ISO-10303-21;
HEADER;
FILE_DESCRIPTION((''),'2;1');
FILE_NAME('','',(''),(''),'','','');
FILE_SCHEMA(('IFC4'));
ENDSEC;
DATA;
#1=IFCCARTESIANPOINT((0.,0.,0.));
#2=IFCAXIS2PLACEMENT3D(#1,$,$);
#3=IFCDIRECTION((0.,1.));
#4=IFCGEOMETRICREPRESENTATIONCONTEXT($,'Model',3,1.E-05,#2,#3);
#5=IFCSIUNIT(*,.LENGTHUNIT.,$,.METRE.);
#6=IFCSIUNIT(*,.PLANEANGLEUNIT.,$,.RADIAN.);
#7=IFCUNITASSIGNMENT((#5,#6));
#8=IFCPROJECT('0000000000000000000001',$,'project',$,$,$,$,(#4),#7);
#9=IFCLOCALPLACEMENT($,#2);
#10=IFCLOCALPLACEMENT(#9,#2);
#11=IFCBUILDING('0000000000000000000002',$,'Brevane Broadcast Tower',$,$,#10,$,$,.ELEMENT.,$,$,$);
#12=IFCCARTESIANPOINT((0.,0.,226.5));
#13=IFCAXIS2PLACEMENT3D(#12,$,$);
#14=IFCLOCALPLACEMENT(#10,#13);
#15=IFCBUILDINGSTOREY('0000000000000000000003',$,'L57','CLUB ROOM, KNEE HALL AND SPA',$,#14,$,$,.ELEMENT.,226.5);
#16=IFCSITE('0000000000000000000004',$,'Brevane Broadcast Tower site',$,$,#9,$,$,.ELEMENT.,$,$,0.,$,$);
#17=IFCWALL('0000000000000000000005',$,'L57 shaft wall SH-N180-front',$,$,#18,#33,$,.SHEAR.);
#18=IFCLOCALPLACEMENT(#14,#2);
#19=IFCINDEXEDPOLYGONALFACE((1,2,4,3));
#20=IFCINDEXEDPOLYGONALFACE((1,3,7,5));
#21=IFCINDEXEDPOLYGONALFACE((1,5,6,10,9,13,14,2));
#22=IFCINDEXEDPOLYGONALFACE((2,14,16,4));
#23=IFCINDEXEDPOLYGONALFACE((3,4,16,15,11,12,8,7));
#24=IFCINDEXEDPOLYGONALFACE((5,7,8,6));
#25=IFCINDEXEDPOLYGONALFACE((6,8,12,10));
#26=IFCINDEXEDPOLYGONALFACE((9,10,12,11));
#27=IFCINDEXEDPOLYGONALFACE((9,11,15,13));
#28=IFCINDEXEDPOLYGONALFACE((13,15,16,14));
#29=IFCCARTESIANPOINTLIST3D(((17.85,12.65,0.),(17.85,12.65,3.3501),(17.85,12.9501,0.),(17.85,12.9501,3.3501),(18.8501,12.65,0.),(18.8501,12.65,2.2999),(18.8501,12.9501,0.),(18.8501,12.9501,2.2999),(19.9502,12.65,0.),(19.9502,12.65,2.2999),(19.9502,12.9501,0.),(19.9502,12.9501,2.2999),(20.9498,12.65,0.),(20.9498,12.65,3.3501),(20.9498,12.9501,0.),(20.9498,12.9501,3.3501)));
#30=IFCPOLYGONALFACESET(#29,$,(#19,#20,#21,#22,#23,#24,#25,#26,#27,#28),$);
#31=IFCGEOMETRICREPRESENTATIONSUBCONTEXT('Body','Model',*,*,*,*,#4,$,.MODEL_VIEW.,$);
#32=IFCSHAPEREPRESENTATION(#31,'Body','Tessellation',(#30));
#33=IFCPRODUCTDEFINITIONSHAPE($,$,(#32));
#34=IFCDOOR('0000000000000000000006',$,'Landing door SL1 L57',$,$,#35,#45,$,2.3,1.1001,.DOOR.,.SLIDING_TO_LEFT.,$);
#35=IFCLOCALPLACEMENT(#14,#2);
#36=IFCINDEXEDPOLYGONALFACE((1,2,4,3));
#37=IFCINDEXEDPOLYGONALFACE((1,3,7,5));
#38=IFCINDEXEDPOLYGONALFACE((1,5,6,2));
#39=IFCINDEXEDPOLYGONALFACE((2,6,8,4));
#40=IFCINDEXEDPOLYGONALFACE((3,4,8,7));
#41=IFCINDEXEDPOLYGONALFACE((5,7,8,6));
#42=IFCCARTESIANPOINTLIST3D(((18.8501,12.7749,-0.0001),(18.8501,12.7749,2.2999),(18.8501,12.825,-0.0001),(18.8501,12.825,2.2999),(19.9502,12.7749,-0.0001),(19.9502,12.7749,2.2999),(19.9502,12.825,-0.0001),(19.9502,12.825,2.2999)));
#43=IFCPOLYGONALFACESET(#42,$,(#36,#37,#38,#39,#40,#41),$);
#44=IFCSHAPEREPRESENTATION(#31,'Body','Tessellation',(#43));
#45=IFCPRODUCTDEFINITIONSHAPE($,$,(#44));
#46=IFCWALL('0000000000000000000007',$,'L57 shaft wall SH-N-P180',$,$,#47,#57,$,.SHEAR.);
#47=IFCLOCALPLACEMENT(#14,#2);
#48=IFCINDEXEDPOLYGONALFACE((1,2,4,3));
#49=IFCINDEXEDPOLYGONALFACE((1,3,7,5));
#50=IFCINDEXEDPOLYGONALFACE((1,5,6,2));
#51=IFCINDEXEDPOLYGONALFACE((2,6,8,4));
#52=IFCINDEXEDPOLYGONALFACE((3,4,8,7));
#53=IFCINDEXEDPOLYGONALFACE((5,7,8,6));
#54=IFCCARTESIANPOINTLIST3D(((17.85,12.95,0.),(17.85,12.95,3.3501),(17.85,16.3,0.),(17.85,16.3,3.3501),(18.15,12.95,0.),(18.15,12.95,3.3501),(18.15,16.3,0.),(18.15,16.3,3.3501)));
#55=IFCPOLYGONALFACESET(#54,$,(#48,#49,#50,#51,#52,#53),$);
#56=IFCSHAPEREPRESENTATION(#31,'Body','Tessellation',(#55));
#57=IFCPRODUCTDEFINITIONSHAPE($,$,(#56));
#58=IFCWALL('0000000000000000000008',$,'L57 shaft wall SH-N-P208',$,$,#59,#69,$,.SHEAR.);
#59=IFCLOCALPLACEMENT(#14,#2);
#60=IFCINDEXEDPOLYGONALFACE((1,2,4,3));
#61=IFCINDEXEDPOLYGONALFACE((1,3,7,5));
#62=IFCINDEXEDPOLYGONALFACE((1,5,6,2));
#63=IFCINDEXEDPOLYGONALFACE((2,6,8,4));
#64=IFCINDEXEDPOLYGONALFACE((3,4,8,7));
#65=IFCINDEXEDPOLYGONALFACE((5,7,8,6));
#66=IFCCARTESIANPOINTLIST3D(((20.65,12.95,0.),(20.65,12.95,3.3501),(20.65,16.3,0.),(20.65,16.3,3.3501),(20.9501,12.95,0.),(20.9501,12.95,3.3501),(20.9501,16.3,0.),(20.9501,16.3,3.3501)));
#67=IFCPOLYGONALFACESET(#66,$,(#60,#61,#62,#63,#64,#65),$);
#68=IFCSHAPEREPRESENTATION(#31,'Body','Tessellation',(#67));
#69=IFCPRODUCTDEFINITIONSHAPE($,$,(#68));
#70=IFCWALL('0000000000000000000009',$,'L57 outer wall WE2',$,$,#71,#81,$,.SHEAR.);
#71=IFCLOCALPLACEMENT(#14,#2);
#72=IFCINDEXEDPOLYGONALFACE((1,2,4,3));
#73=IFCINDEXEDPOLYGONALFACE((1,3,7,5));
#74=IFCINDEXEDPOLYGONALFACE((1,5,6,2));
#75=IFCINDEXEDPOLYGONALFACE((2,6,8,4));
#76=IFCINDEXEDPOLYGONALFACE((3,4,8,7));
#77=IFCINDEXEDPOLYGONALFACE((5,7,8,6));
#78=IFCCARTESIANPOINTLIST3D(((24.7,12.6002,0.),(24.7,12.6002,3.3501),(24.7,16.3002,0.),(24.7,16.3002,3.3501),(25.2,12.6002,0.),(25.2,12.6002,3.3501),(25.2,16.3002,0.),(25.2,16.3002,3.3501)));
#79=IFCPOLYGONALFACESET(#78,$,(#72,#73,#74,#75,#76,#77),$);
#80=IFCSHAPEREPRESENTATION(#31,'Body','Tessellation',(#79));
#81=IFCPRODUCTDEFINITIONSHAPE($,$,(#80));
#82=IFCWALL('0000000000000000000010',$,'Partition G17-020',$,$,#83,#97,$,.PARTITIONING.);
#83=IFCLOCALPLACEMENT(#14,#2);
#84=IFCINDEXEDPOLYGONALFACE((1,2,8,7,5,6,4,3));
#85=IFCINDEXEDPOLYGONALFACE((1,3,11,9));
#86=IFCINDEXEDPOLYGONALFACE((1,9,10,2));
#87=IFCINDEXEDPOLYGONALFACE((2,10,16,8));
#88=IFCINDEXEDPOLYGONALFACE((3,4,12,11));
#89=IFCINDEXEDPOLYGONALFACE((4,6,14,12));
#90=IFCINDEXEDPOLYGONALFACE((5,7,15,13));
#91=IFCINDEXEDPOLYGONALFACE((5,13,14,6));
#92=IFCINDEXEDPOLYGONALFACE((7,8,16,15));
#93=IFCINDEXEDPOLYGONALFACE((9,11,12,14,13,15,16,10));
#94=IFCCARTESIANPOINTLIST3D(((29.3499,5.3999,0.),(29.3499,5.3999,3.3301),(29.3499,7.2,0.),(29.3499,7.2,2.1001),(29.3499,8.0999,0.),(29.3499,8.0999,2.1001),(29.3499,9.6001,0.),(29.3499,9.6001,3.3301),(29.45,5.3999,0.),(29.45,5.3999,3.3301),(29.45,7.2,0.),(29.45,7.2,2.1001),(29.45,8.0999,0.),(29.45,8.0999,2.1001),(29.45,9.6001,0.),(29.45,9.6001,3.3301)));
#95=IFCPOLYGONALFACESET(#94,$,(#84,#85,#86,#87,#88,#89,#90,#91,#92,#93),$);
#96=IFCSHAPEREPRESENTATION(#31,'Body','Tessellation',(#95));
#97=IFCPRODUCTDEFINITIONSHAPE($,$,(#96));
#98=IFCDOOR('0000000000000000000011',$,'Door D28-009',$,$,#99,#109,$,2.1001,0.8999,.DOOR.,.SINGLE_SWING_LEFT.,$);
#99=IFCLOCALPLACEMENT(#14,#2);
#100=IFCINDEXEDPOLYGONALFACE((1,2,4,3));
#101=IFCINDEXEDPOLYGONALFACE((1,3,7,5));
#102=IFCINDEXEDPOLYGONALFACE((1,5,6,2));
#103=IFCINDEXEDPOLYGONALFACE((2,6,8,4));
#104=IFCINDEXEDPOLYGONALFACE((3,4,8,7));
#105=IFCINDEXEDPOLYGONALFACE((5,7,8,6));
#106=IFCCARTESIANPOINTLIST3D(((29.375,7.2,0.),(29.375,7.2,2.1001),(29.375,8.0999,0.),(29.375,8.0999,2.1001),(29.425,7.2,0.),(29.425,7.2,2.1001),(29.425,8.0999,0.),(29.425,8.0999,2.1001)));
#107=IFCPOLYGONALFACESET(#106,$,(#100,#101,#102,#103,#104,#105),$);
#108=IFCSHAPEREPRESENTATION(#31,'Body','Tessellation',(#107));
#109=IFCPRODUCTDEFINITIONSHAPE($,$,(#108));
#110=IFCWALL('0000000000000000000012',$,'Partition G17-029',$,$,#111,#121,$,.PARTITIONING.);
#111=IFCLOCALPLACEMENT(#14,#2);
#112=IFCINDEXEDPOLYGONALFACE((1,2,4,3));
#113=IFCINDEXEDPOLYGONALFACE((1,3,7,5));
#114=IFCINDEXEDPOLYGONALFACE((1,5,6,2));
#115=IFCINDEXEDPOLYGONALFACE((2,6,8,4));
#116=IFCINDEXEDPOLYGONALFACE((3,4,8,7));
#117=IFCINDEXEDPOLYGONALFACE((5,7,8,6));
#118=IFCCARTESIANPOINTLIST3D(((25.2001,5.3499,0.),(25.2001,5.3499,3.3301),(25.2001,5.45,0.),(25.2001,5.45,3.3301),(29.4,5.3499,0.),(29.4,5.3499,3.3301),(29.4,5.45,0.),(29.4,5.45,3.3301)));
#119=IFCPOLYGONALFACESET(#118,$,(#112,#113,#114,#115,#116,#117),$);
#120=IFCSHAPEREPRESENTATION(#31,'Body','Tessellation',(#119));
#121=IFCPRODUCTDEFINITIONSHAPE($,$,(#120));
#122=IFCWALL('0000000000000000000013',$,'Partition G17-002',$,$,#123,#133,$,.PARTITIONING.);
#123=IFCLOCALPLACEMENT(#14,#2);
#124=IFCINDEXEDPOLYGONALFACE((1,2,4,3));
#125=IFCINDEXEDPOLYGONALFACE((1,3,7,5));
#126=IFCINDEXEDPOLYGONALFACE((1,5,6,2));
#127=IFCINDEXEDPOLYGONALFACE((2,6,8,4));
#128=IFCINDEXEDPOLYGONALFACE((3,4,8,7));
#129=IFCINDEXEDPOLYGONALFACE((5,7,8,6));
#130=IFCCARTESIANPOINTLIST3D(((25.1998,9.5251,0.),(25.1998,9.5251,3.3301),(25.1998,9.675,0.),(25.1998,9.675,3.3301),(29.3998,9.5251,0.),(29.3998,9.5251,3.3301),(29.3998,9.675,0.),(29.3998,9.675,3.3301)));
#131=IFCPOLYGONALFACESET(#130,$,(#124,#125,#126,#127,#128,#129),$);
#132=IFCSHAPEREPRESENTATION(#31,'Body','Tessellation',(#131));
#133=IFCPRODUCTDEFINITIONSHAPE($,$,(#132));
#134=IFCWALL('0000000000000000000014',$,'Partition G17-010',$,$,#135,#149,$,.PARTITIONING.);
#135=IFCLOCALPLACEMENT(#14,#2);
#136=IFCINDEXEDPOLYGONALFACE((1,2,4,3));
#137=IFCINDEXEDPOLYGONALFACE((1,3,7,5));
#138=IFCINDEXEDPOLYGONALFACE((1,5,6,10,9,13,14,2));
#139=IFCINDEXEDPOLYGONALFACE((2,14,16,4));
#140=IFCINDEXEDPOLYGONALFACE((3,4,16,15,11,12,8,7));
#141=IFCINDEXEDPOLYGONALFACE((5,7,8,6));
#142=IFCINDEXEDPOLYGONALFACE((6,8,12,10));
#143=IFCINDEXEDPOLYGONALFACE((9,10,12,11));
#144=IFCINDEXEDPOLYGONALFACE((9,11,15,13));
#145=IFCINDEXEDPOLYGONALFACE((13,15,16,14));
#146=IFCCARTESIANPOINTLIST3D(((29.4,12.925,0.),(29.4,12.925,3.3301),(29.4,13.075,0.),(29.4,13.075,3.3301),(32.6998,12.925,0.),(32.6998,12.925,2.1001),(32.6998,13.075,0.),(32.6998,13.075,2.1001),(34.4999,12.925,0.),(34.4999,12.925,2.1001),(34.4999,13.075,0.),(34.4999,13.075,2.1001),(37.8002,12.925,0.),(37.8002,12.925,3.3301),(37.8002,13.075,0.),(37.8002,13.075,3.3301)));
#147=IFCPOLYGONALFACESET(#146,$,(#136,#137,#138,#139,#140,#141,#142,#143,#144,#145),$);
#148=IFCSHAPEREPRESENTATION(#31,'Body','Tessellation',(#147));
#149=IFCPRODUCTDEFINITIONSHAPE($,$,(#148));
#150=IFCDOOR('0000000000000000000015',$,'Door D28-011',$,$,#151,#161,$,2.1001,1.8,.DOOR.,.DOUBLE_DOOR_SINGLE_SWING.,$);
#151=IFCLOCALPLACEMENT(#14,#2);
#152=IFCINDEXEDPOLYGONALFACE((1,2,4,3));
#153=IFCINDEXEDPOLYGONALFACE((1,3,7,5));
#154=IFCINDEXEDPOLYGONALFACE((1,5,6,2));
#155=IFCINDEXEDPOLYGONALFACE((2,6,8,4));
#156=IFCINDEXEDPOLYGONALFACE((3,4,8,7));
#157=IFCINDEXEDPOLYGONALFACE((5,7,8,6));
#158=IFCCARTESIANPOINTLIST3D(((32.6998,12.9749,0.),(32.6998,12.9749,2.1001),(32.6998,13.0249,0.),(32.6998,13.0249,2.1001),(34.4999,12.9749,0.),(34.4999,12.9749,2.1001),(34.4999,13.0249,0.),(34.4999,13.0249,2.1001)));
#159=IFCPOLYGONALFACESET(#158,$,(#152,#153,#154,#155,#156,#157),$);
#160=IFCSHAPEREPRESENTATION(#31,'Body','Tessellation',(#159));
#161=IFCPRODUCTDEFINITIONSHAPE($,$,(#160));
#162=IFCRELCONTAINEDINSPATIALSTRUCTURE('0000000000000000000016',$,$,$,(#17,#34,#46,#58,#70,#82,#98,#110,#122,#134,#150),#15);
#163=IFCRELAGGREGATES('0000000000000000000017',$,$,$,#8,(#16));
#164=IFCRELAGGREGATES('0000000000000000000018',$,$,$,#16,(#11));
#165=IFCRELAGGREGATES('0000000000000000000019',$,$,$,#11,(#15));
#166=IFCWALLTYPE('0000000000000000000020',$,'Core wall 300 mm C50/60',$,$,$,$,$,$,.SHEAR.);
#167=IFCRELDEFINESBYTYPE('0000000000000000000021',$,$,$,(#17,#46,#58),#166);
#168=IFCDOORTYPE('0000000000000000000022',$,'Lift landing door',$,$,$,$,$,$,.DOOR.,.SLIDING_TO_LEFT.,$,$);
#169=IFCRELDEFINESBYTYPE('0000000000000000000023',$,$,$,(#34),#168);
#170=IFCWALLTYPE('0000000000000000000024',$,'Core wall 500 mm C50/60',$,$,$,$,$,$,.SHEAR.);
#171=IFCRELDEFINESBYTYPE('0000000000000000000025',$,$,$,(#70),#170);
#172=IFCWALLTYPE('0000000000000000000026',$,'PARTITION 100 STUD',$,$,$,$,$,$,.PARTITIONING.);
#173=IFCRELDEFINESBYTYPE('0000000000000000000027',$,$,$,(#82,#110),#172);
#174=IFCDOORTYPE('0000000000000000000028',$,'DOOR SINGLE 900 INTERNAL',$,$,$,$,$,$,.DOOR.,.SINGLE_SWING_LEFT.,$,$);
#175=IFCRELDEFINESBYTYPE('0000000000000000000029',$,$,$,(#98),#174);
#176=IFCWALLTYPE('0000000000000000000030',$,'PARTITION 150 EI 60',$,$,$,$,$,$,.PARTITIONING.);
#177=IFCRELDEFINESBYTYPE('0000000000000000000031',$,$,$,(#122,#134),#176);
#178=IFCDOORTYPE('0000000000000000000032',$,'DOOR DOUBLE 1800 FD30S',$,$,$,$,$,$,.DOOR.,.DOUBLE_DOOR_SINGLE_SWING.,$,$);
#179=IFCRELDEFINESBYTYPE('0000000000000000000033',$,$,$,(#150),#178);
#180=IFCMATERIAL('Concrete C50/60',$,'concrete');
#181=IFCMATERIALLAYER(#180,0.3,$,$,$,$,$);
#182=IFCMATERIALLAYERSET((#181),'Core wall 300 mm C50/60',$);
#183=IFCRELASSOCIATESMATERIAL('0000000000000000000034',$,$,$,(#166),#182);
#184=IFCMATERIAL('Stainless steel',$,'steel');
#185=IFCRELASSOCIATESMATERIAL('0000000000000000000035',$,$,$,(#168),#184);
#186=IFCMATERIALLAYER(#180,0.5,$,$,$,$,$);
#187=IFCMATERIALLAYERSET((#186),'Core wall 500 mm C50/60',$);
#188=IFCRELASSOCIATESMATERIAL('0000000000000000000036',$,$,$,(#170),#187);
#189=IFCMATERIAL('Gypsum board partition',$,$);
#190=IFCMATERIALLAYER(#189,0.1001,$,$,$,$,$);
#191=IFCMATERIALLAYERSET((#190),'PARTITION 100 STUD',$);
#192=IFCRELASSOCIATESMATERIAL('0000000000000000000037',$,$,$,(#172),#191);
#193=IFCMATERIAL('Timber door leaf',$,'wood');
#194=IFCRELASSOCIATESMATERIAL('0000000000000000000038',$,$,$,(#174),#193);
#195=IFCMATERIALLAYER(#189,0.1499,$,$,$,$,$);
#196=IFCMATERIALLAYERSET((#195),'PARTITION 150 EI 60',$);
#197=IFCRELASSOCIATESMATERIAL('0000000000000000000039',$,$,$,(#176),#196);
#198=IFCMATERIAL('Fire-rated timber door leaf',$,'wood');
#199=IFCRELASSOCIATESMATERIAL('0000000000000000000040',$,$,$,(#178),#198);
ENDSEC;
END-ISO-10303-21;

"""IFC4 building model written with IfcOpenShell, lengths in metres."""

from ifc_helpers import new_model, si_unit, direction, frame, frame_2d, origin, place, context, subcontext, project, spatial, rectangle, extrude, material, layer, layer_set, type_object, element, fill, save


model = new_model("IFC4")

# Units and contexts
model_context = context("Model", 3, precision=1e-05, world=origin(), true_north=direction((0.0, 1.0)))
body_context = subcontext(model_context, "Body", "Model", "MODEL_VIEW")
ifc_project = project(units=[si_unit("LENGTHUNIT", "METRE"), si_unit("PLANEANGLEUNIT", "RADIAN")], contexts=[model_context])

# Site, building, storey
site_placement = place(None, origin())
site = spatial("IfcSite", under=ifc_project, at=site_placement, Name="Brevane Broadcast Tower site", CompositionType="ELEMENT", RefElevation=0.0)
building_placement = place(site_placement, origin())
building = spatial("IfcBuilding", under=site, at=building_placement, Name="Brevane Broadcast Tower", CompositionType="ELEMENT")
storey_placement = place(building_placement, frame((0.0, 0.0, 226.5)))
storey = spatial("IfcBuildingStorey", under=building, at=storey_placement, Name="L57", Description="CLUB ROOM, KNEE HALL AND SPA", CompositionType="ELEMENT", Elevation=226.5)

# Wall, opening, door
ifc_material_1 = material(Name="Concrete C50/60", Category="concrete")
ifc_layer_1 = layer(ifc_material_1, 0.3)
ifc_layer_set_1 = layer_set([ifc_layer_1], Name="Core wall 300 mm C50/60")
wall_type_1 = type_object("IfcWallType", Name="Core wall 300 mm C50/60", PredefinedType="SHEAR", material=ifc_layer_set_1)
wall_1_placement = place(storey_placement, frame((17.8501, 12.8, 0.0), z_axis=(0.0, 0.0, 1.0), x_axis=(1.0, 0.0, 0.0)))
wall_1 = element("IfcWall", 1, at=wall_1_placement, inside=storey, type_object=wall_type_1, Name="L57 shaft wall SH-N180-front", PredefinedType="SHEAR", context=body_context, shape_type="SweptSolid", body=[
    extrude(rectangle(XDim=3.0999, YDim=0.3, at=frame_2d((1.5498, 0.0))), origin(), (0.0, 0.0, 1.0), 3.3501),
])
opening_1_placement = place(wall_1_placement, frame((1.0, 0.0, 0.0)))
opening_1 = element("IfcOpeningElement", 2, at=opening_1_placement, cuts=wall_1, PredefinedType="OPENING", context=body_context, shape_type="SweptSolid", body=[
    extrude(rectangle(XDim=1.1001, YDim=2.3, at=frame_2d((0.55, 1.1499))), frame((0.0, 0.1599, 0.0), z_axis=(0.0, -1.0, 0.0), x_axis=(1.0, 0.0, 0.0)), (0.0, 0.0, 1.0), 0.3201),
])
ifc_material_2 = material(Name="Stainless steel", Category="steel")
door_type_1 = type_object("IfcDoorType", Name="Lift landing door", OperationType="SLIDING_TO_LEFT", PredefinedType="DOOR", material=ifc_material_2)
door_1_placement = place(opening_1_placement, origin())
door_1 = element("IfcDoor", 3, at=door_1_placement, inside=storey, type_object=door_type_1, Name="Landing door SL1 L57", OperationType="SLIDING_TO_LEFT", OverallHeight=2.3, OverallWidth=1.1001, PredefinedType="DOOR", context=body_context, shape_type="SweptSolid", body=[
    extrude(rectangle(XDim=1.1001, YDim=2.3, at=frame_2d((0.55, 1.1499))), frame((0.0, 0.0249, 0.0), z_axis=(0.0, -1.0, 0.0), x_axis=(1.0, 0.0, 0.0)), (0.0, 0.0, 1.0), 0.05),
])
fill(opening_1, door_1)

# Walls
for number, where, z_axis, x_axis, name in (
    (4, (18.0, 12.95, 0.0), (0.0, 0.0, 1.0), (0.0, 1.0, 0.0), "L57 shaft wall SH-N-P180"),
    (5, (20.8, 12.95, 0.0), (0.0, 0.0, 1.0), (0.0, 1.0, 0.0), "L57 shaft wall SH-N-P208"),
):
    element("IfcWall", number, at=place(storey_placement, frame(where, z_axis=z_axis, x_axis=x_axis)), inside=storey, type_object=wall_type_1, Name=name, PredefinedType="SHEAR", context=body_context, shape_type="SweptSolid", body=[
        extrude(rectangle(XDim=3.3501, YDim=0.3, at=frame_2d((1.675, 0.0))), origin(), (0.0, 0.0, 1.0), 3.3501),
    ])
ifc_layer_2 = layer(ifc_material_1, 0.5)
ifc_layer_set_2 = layer_set([ifc_layer_2], Name="Core wall 500 mm C50/60")
wall_type_2 = type_object("IfcWallType", Name="Core wall 500 mm C50/60", PredefinedType="SHEAR", material=ifc_layer_set_2)
wall_2_placement = place(storey_placement, frame((24.95, 12.6001, 0.0), z_axis=(0.0, 0.0, 1.0), x_axis=(0.0, 1.0, 0.0)))
element("IfcWall", 6, at=wall_2_placement, inside=storey, type_object=wall_type_2, Name="L57 outer wall WE2", PredefinedType="SHEAR", context=body_context, shape_type="SweptSolid", body=[
    extrude(rectangle(XDim=3.7, YDim=0.5, at=frame_2d((1.8501, 0.0))), origin(), (0.0, 0.0, 1.0), 3.3501),
])

# Wall, opening, door
ifc_material_3 = material(Name="Gypsum board partition")
ifc_layer_3 = layer(ifc_material_3, 0.1001)
ifc_layer_set_3 = layer_set([ifc_layer_3], Name="PARTITION 100 STUD")
wall_type_3 = type_object("IfcWallType", Name="PARTITION 100 STUD", PredefinedType="PARTITIONING", material=ifc_layer_set_3)
wall_3_placement = place(storey_placement, frame((29.3999, 5.3999, 0.0), z_axis=(0.0, 0.0, 1.0), x_axis=(0.0, 1.0, 0.0)))
wall_3 = element("IfcWall", 7, at=wall_3_placement, inside=storey, type_object=wall_type_3, Name="Partition G17-020", PredefinedType="PARTITIONING", context=body_context, shape_type="SweptSolid", body=[
    extrude(rectangle(XDim=4.2002, YDim=0.1001, at=frame_2d((2.1001, 0.0))), origin(), (0.0, 0.0, 1.0), 3.3301),
])
opening_2_placement = place(wall_3_placement, frame((1.8, 0.0, 0.0)))
opening_2 = element("IfcOpeningElement", 8, at=opening_2_placement, cuts=wall_3, PredefinedType="OPENING", context=body_context, shape_type="SweptSolid", body=[
    extrude(rectangle(XDim=0.8999, YDim=2.1001, at=frame_2d((0.45, 1.05))), frame((0.0, 0.0601, 0.0), z_axis=(0.0, -1.0, 0.0), x_axis=(1.0, 0.0, 0.0)), (0.0, 0.0, 1.0), 0.1201),
])
ifc_material_4 = material(Name="Timber door leaf", Category="wood")
door_type_2 = type_object("IfcDoorType", Name="DOOR SINGLE 900 INTERNAL", OperationType="SINGLE_SWING_LEFT", PredefinedType="DOOR", material=ifc_material_4)
door_2_placement = place(opening_2_placement, origin())
door_2 = element("IfcDoor", 9, at=door_2_placement, inside=storey, type_object=door_type_2, Name="Door D28-009", OperationType="SINGLE_SWING_LEFT", OverallHeight=2.1001, OverallWidth=0.8999, PredefinedType="DOOR", context=body_context, shape_type="SweptSolid", body=[
    extrude(rectangle(XDim=0.8999, YDim=2.1001, at=frame_2d((0.45, 1.05))), frame((0.0, 0.0249, 0.0), z_axis=(0.0, -1.0, 0.0), x_axis=(1.0, 0.0, 0.0)), (0.0, 0.0, 1.0), 0.05),
])
fill(opening_2, door_2)

# Walls
wall_4_placement = place(storey_placement, frame((25.2, 5.3999, 0.0), z_axis=(0.0, 0.0, 1.0), x_axis=(1.0, 0.0, 0.0)))
element("IfcWall", 10, at=wall_4_placement, inside=storey, type_object=wall_type_3, Name="Partition G17-029", PredefinedType="PARTITIONING", context=body_context, shape_type="SweptSolid", body=[
    extrude(rectangle(XDim=4.2, YDim=0.1001, at=frame_2d((2.1001, 0.0))), origin(), (0.0, 0.0, 1.0), 3.3301),
])
ifc_layer_4 = layer(ifc_material_3, 0.1499)
ifc_layer_set_4 = layer_set([ifc_layer_4], Name="PARTITION 150 EI 60")
wall_type_4 = type_object("IfcWallType", Name="PARTITION 150 EI 60", PredefinedType="PARTITIONING", material=ifc_layer_set_4)
wall_5_placement = place(storey_placement, frame((29.3999, 9.6001, 0.0), z_axis=(0.0, 0.0, 1.0), x_axis=(-1.0, 0.0, 0.0)))
element("IfcWall", 11, at=wall_5_placement, inside=storey, type_object=wall_type_4, Name="Partition G17-002", PredefinedType="PARTITIONING", context=body_context, shape_type="SweptSolid", body=[
    extrude(rectangle(XDim=4.2, YDim=0.1499, at=frame_2d((2.1001, 0.0))), origin(), (0.0, 0.0, 1.0), 3.3301),
])

# Wall, opening, door
wall_6_placement = place(storey_placement, frame((29.3999, 13.0, 0.0), z_axis=(0.0, 0.0, 1.0), x_axis=(1.0, 0.0, 0.0)))
wall_6 = element("IfcWall", 12, at=wall_6_placement, inside=storey, type_object=wall_type_4, Name="Partition G17-010", PredefinedType="PARTITIONING", context=body_context, shape_type="SweptSolid", body=[
    extrude(rectangle(XDim=8.4001, YDim=0.1499, at=frame_2d((4.2002, 0.0))), origin(), (0.0, 0.0, 1.0), 3.3301),
])
opening_3_placement = place(wall_6_placement, frame((3.3, 0.0, 0.0)))
opening_3 = element("IfcOpeningElement", 13, at=opening_3_placement, cuts=wall_6, PredefinedType="OPENING", context=body_context, shape_type="SweptSolid", body=[
    extrude(rectangle(XDim=1.8, YDim=2.1001, at=frame_2d((0.8999, 1.05))), frame((0.0, 0.085, 0.0), z_axis=(0.0, -1.0, 0.0), x_axis=(1.0, 0.0, 0.0)), (0.0, 0.0, 1.0), 0.1699),
])
ifc_material_5 = material(Name="Fire-rated timber door leaf", Category="wood")
door_type_3 = type_object("IfcDoorType", Name="DOOR DOUBLE 1800 FD30S", OperationType="DOUBLE_DOOR_SINGLE_SWING", PredefinedType="DOOR", material=ifc_material_5)
door_3_placement = place(opening_3_placement, origin())
door_3 = element("IfcDoor", 14, at=door_3_placement, inside=storey, type_object=door_type_3, Name="Door D28-011", OperationType="DOUBLE_DOOR_SINGLE_SWING", OverallHeight=2.1001, OverallWidth=1.8, PredefinedType="DOOR", context=body_context, shape_type="SweptSolid", body=[
    extrude(rectangle(XDim=1.8, YDim=2.1001, at=frame_2d((0.8999, 1.05))), frame((0.0, 0.0249, 0.0), z_axis=(0.0, -1.0, 0.0), x_axis=(1.0, 0.0, 0.0)), (0.0, 0.0, 1.0), 0.05),
])
fill(opening_3, door_3)

save(model, "model.ifc")
